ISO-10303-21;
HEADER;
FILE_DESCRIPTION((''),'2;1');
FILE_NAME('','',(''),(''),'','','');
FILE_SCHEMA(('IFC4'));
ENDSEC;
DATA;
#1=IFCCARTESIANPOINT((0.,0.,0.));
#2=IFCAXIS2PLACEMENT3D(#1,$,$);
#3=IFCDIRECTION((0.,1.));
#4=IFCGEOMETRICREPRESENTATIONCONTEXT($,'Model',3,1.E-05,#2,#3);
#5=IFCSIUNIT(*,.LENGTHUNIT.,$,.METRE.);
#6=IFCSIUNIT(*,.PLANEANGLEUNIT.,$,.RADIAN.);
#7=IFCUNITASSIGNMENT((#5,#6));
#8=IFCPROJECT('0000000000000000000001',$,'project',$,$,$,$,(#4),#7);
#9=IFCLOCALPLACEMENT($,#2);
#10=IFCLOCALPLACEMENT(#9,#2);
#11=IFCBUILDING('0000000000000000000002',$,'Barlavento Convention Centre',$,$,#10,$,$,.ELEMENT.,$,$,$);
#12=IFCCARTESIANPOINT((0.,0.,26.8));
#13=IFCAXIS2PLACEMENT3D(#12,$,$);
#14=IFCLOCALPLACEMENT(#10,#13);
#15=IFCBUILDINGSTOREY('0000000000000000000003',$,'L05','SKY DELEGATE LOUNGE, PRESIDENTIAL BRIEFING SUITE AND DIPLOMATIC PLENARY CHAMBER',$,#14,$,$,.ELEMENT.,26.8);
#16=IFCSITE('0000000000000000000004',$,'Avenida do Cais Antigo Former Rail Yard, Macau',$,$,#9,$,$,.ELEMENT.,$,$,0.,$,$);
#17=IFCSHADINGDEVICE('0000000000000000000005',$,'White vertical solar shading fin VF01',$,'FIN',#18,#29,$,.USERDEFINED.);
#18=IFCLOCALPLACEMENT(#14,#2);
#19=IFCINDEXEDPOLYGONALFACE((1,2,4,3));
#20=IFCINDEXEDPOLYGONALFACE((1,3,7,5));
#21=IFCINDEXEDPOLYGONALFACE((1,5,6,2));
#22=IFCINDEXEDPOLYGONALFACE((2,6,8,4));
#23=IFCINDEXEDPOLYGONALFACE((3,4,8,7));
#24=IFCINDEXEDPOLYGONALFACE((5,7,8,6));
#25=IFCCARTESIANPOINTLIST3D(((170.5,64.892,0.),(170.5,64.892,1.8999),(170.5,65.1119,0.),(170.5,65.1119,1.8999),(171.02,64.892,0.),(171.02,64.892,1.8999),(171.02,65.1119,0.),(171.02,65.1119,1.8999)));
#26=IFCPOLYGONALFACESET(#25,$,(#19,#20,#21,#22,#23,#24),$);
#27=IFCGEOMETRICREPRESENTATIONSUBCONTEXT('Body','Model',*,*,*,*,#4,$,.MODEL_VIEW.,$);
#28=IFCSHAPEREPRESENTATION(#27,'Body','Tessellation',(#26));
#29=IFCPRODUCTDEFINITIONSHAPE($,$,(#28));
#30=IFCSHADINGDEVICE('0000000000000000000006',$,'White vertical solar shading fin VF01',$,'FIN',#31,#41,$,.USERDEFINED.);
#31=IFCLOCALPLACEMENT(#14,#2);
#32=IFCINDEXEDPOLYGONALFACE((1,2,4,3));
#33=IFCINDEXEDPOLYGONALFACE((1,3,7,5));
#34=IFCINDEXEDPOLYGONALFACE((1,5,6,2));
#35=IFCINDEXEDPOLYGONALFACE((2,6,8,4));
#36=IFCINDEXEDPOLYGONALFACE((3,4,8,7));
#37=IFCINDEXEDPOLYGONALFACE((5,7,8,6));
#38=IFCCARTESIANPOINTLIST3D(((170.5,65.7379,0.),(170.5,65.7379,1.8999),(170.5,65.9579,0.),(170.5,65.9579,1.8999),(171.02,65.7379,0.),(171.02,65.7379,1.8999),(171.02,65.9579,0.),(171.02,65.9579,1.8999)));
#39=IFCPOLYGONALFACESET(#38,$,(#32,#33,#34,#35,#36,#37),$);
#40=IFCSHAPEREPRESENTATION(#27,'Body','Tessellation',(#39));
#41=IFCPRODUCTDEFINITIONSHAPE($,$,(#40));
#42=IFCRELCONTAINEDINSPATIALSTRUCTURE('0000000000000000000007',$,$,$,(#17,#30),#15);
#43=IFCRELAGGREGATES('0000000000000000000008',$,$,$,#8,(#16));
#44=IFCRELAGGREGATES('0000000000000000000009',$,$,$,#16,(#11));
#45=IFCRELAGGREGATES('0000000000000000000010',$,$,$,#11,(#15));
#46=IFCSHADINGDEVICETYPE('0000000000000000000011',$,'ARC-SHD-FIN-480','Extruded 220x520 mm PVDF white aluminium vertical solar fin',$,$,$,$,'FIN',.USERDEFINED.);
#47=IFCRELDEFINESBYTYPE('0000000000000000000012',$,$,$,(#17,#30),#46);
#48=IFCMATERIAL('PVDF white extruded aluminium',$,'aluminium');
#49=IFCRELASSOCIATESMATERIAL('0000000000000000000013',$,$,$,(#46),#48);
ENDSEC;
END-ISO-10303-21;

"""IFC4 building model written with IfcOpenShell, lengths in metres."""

from ifc_helpers import new_model, si_unit, direction, frame, origin, origin_2d, place, context, subcontext, project, spatial, rectangle, extrude, material, type_object, element, save


model = new_model("IFC4")

# Units and contexts
model_context = context("Model", 3, precision=1e-05, world=origin(), true_north=direction((0.0, 1.0)))
body_context = subcontext(model_context, "Body", "Model", "MODEL_VIEW")
ifc_project = project(units=[si_unit("LENGTHUNIT", "METRE"), si_unit("PLANEANGLEUNIT", "RADIAN")], contexts=[model_context])

# Site, building, storey
site_placement = place(None, origin())
site = spatial("IfcSite", under=ifc_project, at=site_placement, Name="Avenida do Cais Antigo Former Rail Yard, Macau", CompositionType="ELEMENT", RefElevation=0.0)
building_placement = place(site_placement, origin())
building = spatial("IfcBuilding", under=site, at=building_placement, Name="Barlavento Convention Centre", CompositionType="ELEMENT")
storey_placement = place(building_placement, frame((0.0, 0.0, 26.8)))
storey = spatial("IfcBuildingStorey", under=building, at=storey_placement, Name="L05", Description="SKY DELEGATE LOUNGE, PRESIDENTIAL BRIEFING SUITE AND DIPLOMATIC PLENARY CHAMBER", CompositionType="ELEMENT", Elevation=26.8)

# Shading devices
ifc_material_1 = material(Name="PVDF white extruded aluminium", Category="aluminium")
shading_device_type = type_object("IfcShadingDeviceType", Name="ARC-SHD-FIN-480", Description="Extruded 220x520 mm PVDF white aluminium vertical solar fin", ElementType="FIN", PredefinedType="USERDEFINED", material=ifc_material_1)
for number, where, z_axis, x_axis, name in (
    (1, (170.76, 65.002, 0.0), (0.0, 0.0, 1.0), (0.0, 1.0, 0.0), "White vertical solar shading fin VF01"),
    (2, (170.76, 65.8479, 0.0), (0.0, 0.0, 1.0), (0.0, 1.0, 0.0), "White vertical solar shading fin VF01"),
):
    element("IfcShadingDevice", number, at=place(storey_placement, frame(where, z_axis=z_axis, x_axis=x_axis)), inside=storey, type_object=shading_device_type, Name=name, ObjectType="FIN", PredefinedType="USERDEFINED", context=body_context, shape_type="SweptSolid", body=[
        extrude(rectangle(XDim=0.22, YDim=0.52, at=origin_2d()), origin(), (0.0, 0.0, 1.0), 1.8999),
    ])

save(model, "model.ifc")
